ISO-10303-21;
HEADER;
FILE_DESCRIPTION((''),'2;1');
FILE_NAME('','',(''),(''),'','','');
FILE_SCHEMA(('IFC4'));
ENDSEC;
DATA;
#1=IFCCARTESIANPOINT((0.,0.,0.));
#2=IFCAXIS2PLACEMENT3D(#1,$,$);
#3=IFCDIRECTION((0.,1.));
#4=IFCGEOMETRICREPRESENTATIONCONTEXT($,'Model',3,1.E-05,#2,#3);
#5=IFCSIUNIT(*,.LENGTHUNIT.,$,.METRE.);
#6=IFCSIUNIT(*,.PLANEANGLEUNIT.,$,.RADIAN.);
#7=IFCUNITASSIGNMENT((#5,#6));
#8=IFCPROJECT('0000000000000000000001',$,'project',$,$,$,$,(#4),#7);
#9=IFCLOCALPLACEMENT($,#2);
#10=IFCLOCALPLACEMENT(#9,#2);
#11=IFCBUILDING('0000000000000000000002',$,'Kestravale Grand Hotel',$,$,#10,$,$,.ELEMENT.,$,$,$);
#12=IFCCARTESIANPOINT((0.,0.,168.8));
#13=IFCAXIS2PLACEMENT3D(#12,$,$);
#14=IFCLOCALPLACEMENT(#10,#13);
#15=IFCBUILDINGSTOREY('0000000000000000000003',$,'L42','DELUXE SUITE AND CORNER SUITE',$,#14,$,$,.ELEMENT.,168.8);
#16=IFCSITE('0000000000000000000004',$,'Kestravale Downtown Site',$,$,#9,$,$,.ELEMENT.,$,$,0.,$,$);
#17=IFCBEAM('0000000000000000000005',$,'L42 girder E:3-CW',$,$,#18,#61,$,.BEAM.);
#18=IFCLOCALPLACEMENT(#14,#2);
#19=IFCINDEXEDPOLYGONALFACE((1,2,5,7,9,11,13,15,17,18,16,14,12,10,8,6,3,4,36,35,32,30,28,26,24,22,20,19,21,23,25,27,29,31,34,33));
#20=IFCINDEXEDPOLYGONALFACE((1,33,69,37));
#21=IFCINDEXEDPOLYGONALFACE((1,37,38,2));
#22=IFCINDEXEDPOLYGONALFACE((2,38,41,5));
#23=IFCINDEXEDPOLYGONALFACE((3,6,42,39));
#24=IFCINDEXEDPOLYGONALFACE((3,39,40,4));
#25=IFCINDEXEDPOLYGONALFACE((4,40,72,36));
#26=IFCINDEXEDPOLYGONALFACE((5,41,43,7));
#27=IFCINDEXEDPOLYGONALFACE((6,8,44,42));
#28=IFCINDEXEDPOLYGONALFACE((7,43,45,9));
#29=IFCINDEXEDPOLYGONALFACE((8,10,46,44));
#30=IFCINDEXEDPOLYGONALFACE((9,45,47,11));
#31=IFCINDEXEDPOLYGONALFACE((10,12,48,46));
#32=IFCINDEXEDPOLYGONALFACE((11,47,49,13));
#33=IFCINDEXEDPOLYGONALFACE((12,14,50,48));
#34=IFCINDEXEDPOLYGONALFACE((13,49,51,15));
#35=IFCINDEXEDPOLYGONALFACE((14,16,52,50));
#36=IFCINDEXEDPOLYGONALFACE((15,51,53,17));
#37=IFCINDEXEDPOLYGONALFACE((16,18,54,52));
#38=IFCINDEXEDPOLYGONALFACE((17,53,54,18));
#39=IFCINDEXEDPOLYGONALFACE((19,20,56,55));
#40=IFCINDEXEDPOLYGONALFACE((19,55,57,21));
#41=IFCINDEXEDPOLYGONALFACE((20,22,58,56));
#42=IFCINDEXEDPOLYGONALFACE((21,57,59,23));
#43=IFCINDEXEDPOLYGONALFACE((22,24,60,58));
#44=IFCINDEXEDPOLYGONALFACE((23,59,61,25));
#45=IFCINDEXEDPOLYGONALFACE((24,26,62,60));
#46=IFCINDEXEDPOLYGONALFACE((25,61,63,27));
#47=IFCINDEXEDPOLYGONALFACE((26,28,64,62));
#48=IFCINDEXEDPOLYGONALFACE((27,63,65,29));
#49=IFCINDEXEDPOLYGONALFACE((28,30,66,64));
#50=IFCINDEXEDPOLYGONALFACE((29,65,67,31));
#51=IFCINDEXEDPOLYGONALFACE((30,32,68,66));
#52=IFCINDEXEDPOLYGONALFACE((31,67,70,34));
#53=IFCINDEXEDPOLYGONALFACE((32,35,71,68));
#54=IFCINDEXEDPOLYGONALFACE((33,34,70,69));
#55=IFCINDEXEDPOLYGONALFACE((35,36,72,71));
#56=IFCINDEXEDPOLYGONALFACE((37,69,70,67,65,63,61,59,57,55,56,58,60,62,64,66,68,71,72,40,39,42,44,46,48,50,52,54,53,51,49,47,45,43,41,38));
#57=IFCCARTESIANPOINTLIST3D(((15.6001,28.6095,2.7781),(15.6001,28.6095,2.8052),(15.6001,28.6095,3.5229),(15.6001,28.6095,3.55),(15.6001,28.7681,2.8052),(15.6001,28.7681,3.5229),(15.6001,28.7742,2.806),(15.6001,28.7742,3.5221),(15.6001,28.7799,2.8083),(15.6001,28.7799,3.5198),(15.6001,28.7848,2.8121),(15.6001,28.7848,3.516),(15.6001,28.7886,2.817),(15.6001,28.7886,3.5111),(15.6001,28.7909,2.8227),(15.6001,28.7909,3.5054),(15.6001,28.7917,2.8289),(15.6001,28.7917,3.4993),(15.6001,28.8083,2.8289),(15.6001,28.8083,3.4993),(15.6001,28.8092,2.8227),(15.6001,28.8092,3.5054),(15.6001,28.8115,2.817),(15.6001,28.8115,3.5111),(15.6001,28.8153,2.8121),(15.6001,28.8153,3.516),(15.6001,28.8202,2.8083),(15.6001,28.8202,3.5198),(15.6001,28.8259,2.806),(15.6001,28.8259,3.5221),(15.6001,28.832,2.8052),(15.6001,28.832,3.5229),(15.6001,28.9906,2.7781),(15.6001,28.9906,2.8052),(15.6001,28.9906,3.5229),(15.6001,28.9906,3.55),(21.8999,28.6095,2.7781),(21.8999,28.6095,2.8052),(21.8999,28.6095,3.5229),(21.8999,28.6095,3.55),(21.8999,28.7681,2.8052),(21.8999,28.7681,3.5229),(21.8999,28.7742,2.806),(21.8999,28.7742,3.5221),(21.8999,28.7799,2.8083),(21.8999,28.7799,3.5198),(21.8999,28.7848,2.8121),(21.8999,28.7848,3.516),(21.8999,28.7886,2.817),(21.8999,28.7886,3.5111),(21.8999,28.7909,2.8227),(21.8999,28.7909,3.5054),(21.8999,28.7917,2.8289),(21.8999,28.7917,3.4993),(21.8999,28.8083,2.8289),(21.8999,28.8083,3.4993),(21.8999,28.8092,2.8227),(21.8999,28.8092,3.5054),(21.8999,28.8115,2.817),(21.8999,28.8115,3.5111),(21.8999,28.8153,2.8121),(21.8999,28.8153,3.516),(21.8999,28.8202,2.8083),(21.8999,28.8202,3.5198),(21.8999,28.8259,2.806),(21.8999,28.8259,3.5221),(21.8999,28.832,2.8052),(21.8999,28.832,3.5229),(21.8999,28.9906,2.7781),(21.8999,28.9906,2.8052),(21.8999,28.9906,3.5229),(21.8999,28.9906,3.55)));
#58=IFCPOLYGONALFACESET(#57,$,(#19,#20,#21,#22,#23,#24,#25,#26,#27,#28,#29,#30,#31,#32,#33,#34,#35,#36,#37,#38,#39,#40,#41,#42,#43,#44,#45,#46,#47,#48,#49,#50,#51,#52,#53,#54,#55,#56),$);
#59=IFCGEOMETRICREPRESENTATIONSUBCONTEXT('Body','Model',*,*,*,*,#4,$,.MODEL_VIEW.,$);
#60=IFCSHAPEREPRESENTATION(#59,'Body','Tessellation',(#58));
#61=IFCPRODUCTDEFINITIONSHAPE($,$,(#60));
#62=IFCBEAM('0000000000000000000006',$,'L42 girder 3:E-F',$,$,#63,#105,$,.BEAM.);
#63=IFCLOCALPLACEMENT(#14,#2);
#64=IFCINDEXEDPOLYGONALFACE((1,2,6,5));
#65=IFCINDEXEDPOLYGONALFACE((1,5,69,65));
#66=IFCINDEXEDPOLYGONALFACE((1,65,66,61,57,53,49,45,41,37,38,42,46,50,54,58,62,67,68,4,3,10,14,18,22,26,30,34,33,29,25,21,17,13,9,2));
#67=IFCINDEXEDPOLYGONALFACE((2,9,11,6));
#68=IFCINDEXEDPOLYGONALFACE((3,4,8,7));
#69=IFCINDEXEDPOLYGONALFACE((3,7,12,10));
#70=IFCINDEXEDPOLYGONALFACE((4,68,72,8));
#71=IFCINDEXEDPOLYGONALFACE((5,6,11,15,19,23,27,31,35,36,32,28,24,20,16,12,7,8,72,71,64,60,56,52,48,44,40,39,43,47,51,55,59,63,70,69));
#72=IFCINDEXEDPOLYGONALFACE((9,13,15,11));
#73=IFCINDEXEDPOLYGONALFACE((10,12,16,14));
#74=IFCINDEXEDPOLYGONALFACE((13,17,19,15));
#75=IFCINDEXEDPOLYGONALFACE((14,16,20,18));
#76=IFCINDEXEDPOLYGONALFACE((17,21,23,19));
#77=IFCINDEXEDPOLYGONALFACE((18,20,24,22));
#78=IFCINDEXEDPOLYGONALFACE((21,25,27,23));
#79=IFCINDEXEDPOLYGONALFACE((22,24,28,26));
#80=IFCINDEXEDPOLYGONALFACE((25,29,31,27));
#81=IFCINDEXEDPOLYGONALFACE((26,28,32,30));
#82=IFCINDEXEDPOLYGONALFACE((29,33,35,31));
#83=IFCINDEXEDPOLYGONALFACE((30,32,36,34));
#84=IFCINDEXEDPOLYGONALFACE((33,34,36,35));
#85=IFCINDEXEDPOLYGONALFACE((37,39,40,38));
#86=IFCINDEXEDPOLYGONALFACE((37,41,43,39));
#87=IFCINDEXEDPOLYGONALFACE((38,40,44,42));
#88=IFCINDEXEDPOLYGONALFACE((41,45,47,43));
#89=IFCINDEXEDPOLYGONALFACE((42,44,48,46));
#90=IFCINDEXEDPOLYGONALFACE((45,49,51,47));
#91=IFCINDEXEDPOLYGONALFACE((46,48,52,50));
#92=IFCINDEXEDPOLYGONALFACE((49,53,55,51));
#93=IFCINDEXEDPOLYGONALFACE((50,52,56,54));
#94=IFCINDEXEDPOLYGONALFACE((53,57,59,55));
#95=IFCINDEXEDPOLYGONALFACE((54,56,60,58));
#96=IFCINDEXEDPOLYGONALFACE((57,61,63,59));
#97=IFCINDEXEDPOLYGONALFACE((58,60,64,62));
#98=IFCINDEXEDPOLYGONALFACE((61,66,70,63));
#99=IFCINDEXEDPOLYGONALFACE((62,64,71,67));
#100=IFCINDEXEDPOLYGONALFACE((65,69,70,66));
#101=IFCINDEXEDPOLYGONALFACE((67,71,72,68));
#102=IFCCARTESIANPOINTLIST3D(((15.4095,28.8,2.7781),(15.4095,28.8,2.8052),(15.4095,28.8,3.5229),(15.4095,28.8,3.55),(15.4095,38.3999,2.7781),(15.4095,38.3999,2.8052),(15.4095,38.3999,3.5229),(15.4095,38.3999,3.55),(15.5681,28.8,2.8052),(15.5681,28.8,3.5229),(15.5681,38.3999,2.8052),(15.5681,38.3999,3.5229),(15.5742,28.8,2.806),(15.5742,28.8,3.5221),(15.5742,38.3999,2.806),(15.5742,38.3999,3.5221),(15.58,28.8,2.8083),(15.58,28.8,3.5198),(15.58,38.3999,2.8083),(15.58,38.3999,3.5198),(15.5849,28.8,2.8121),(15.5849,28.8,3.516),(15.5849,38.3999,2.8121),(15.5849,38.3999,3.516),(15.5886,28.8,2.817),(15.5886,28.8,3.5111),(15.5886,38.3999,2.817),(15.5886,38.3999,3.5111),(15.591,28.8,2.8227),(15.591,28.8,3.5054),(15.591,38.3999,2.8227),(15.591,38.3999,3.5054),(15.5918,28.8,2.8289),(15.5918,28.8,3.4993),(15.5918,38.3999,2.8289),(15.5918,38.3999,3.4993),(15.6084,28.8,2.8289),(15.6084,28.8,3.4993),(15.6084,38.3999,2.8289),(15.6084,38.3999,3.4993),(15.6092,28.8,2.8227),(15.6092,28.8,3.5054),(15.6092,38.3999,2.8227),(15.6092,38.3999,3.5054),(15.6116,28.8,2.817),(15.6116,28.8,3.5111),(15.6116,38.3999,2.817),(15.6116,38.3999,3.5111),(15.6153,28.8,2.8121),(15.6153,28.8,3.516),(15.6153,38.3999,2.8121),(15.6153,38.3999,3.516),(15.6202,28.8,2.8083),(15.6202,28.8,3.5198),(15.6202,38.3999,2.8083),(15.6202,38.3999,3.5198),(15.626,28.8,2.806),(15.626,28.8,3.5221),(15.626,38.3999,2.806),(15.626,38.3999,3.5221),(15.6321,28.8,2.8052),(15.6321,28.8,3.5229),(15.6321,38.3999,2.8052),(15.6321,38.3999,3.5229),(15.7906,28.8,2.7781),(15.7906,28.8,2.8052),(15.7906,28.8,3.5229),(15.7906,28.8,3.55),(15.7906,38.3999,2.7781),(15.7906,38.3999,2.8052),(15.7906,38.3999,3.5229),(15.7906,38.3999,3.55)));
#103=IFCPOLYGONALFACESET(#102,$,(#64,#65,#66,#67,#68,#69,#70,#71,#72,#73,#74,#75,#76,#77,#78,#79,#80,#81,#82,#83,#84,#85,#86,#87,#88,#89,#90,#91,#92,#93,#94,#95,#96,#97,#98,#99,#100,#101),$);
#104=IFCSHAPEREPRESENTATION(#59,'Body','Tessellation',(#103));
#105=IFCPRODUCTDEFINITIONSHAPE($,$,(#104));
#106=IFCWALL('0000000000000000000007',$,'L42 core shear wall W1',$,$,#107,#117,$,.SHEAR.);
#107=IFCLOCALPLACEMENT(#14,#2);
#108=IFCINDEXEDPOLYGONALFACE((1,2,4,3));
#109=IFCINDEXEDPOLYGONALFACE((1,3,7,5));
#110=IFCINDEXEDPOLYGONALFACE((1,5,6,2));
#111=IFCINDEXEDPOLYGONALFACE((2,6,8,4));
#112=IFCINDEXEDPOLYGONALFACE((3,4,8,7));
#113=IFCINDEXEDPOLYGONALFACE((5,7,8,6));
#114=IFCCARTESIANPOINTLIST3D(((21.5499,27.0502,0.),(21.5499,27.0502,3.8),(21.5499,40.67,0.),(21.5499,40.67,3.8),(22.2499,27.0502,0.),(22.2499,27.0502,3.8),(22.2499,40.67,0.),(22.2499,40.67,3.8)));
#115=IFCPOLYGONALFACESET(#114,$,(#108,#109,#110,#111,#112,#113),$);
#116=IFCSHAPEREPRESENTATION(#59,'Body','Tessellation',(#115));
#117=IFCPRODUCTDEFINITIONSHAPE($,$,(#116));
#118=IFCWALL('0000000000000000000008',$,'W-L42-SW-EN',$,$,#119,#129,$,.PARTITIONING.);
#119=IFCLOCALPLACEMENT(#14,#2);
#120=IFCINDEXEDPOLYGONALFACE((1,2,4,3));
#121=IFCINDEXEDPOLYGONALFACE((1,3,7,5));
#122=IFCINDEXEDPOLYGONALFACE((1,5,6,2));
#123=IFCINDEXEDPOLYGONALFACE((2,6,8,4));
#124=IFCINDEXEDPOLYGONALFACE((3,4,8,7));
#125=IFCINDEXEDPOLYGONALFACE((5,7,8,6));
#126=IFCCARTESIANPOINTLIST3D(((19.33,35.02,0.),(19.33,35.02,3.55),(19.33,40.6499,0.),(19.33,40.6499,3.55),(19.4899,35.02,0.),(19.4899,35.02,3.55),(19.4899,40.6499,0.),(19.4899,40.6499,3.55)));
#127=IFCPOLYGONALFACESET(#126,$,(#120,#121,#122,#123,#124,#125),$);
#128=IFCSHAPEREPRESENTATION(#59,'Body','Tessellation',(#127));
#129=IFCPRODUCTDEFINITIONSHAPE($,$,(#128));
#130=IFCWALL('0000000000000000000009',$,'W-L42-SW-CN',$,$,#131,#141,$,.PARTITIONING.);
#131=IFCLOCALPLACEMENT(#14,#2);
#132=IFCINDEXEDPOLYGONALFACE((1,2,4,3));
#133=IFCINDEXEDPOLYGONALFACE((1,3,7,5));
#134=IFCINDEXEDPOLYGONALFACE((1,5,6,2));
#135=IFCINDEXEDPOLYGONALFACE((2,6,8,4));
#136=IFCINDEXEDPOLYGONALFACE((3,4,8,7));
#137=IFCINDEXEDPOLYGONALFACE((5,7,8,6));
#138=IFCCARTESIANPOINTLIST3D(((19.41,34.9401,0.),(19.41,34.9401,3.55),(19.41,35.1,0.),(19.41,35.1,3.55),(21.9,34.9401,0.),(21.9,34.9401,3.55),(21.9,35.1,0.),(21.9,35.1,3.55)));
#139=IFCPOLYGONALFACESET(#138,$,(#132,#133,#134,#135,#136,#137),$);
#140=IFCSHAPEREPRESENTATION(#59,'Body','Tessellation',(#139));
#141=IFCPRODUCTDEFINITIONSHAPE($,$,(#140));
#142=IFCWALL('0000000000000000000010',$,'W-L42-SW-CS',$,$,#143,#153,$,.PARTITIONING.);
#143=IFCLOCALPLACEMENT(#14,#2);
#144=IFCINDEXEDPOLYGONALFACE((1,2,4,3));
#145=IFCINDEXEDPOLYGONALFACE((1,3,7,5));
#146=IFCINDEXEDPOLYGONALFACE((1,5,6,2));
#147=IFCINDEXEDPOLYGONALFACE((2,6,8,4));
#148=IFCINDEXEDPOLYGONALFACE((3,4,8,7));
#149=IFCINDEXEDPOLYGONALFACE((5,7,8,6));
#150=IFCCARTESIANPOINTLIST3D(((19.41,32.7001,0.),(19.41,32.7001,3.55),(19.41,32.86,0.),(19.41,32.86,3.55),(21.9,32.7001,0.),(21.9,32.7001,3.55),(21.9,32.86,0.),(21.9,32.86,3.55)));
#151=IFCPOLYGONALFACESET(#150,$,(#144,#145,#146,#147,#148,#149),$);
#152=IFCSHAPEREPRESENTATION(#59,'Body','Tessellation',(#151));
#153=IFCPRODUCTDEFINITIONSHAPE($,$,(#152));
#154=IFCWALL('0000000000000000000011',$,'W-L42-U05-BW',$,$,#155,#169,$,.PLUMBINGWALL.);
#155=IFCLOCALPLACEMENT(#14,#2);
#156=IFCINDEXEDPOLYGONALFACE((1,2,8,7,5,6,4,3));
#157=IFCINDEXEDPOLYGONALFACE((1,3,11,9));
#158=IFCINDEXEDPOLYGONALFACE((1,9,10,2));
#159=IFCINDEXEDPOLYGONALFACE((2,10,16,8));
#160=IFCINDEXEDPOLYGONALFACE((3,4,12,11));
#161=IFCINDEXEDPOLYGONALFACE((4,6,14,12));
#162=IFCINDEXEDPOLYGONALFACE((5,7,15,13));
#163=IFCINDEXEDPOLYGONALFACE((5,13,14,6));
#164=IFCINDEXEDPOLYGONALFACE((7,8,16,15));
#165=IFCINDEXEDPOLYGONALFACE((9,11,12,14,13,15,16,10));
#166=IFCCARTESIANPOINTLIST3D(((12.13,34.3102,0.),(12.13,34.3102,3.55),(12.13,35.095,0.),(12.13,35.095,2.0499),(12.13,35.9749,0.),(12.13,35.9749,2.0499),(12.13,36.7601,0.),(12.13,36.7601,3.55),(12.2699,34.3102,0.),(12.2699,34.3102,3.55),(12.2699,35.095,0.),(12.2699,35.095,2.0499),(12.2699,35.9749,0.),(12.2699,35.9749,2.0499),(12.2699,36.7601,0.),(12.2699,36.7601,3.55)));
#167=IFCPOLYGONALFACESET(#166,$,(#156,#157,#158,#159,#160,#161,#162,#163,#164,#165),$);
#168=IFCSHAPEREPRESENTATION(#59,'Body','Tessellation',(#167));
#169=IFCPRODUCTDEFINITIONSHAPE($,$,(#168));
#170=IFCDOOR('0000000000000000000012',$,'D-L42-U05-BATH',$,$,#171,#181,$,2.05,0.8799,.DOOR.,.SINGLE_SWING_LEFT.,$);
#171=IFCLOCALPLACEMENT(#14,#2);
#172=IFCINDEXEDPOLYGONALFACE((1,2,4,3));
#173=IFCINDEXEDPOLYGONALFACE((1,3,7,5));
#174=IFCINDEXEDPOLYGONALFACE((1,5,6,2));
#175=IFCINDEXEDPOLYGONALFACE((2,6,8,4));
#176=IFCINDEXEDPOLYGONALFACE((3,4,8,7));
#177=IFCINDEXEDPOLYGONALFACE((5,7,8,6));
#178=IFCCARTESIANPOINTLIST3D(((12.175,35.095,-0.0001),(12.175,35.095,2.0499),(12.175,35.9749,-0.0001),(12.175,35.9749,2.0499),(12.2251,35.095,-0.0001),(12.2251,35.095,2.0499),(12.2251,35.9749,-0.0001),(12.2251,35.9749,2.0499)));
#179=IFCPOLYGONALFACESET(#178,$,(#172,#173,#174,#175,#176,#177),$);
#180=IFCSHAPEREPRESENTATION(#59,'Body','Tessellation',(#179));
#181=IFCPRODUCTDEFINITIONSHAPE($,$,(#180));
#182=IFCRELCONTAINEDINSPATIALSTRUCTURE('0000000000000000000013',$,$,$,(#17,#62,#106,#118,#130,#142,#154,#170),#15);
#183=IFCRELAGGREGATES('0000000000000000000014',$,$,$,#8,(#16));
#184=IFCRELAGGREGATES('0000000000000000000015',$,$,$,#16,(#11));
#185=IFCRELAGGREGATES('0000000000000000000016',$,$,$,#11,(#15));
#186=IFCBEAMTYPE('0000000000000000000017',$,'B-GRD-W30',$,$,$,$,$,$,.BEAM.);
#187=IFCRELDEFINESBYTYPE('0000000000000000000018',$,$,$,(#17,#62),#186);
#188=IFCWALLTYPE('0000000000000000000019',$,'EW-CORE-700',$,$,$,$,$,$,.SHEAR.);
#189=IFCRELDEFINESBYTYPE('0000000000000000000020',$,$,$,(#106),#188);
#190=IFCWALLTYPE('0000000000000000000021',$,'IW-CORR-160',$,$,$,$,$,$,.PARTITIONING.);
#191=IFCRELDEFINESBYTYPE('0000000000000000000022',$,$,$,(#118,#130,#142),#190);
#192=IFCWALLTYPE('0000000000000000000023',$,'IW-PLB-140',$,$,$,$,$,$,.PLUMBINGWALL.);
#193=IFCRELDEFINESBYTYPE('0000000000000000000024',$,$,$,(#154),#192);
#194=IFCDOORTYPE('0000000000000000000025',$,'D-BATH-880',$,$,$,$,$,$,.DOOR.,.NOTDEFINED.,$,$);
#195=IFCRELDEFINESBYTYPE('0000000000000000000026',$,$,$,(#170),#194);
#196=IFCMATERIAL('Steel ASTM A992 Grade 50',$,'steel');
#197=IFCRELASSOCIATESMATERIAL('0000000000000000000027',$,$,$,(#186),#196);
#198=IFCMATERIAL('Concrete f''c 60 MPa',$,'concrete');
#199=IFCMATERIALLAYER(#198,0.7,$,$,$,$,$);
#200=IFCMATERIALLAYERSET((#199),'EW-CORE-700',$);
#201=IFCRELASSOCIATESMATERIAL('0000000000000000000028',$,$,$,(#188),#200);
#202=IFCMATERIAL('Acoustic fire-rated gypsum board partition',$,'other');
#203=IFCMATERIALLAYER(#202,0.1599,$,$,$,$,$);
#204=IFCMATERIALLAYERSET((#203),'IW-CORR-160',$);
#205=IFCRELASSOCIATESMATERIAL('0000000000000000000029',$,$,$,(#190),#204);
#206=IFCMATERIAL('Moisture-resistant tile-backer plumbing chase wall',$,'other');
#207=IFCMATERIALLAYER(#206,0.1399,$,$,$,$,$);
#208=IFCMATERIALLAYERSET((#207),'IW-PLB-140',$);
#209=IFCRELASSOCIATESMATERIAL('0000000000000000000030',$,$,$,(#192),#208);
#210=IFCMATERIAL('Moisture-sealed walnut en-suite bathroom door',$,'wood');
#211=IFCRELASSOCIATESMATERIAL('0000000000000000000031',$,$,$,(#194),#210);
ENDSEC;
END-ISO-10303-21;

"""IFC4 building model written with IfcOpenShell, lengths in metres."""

from ifc_helpers import new_model, si_unit, direction, frame, frame_2d, origin, origin_2d, place, context, subcontext, project, spatial, rectangle, i_section, extrude, material, layer, layer_set, material_profile, profile_set, type_object, element, fill, save


model = new_model("IFC4")

# Units and contexts
model_context = context("Model", 3, precision=1e-05, world=origin(), true_north=direction((0.0, 1.0)))
body_context = subcontext(model_context, "Body", "Model", "MODEL_VIEW")
ifc_project = project(units=[si_unit("LENGTHUNIT", "METRE"), si_unit("PLANEANGLEUNIT", "RADIAN")], contexts=[model_context])

# Site, building, storey
site_placement = place(None, origin())
site = spatial("IfcSite", under=ifc_project, at=site_placement, Name="Kestravale Downtown Site", CompositionType="ELEMENT", RefElevation=0.0)
building_placement = place(site_placement, origin())
building = spatial("IfcBuilding", under=site, at=building_placement, Name="Kestravale Grand Hotel", CompositionType="ELEMENT")
storey_placement = place(building_placement, frame((0.0, 0.0, 168.8)))
storey = spatial("IfcBuildingStorey", under=building, at=storey_placement, Name="L42", Description="DELUXE SUITE AND CORNER SUITE", CompositionType="ELEMENT", Elevation=168.8)

# Beams
ifc_material_1 = material(Name="Steel ASTM A992 Grade 50", Category="steel")
ifc_material_profile_1 = material_profile(ifc_material_1, i_section(OverallWidth=0.3811, OverallDepth=0.772, WebThickness=0.0166, FlangeThickness=0.0271, FilletRadius=0.0237, at=origin_2d()))
ifc_profile_set_1 = profile_set([ifc_material_profile_1], Name="Steel ASTM A992 Grade 50")
beam_type_1 = type_object("IfcBeamType", Name="B-GRD-W30", PredefinedType="BEAM", material=ifc_profile_set_1)
beam_1_placement = place(storey_placement, frame((15.6001, 28.8, 3.1641), z_axis=(1.0, 0.0, 0.0), x_axis=(0.0, 1.0, 0.0)))
element("IfcBeam", 1, at=beam_1_placement, inside=storey, type_object=beam_type_1, Name="L42 girder E:3-CW", PredefinedType="BEAM", context=body_context, shape_type="SweptSolid", body=[
    extrude(i_section(OverallWidth=0.3811, OverallDepth=0.772, WebThickness=0.0166, FlangeThickness=0.0271, FilletRadius=0.0237, at=origin_2d()), origin(), (0.0, 0.0, 1.0), 6.2998),
])
beam_2_placement = place(storey_placement, frame((15.6001, 28.8, 3.1641), z_axis=(0.0, 1.0, 0.0), x_axis=(-1.0, 0.0, 0.0)))
element("IfcBeam", 2, at=beam_2_placement, inside=storey, type_object=beam_type_1, Name="L42 girder 3:E-F", PredefinedType="BEAM", context=body_context, shape_type="SweptSolid", body=[
    extrude(i_section(OverallWidth=0.3811, OverallDepth=0.772, WebThickness=0.0166, FlangeThickness=0.0271, FilletRadius=0.0237, at=origin_2d()), origin(), (0.0, 0.0, 1.0), 9.5999),
])

# Walls
ifc_material_2 = material(Name="Concrete f'c 60 MPa", Category="concrete")
ifc_layer_1 = layer(ifc_material_2, 0.7)
ifc_layer_set_1 = layer_set([ifc_layer_1], Name="EW-CORE-700")
wall_type_1 = type_object("IfcWallType", Name="EW-CORE-700", PredefinedType="SHEAR", material=ifc_layer_set_1)
wall_1_placement = place(storey_placement, frame((21.8999, 27.05, 0.0), z_axis=(0.0, 0.0, 1.0), x_axis=(0.0, 1.0, 0.0)))
element("IfcWall", 3, at=wall_1_placement, inside=storey, type_object=wall_type_1, Name="L42 core shear wall W1", PredefinedType="SHEAR", context=body_context, shape_type="SweptSolid", body=[
    extrude(rectangle(XDim=13.6199, YDim=0.7, at=frame_2d((6.8101, 0.0))), origin(), (0.0, 0.0, 1.0), 3.8),
])
ifc_material_3 = material(Name="Acoustic fire-rated gypsum board partition", Category="other")
ifc_layer_2 = layer(ifc_material_3, 0.1599)
ifc_layer_set_2 = layer_set([ifc_layer_2], Name="IW-CORR-160")
wall_type_2 = type_object("IfcWallType", Name="IW-CORR-160", PredefinedType="PARTITIONING", material=ifc_layer_set_2)
wall_2_placement = place(storey_placement, frame((19.4099, 35.02, 0.0), z_axis=(0.0, 0.0, 1.0), x_axis=(0.0, 1.0, 0.0)))
element("IfcWall", 4, at=wall_2_placement, inside=storey, type_object=wall_type_2, Name="W-L42-SW-EN", PredefinedType="PARTITIONING", context=body_context, shape_type="SweptSolid", body=[
    extrude(rectangle(XDim=5.6299, YDim=0.1599, at=frame_2d((2.8149, 0.0))), origin(), (0.0, 0.0, 1.0), 3.55),
])
for number, where, z_axis, x_axis, name in (
    (5, (19.4099, 35.02, 0.0), (0.0, 0.0, 1.0), (1.0, 0.0, 0.0), "W-L42-SW-CN"),
    (6, (19.4099, 32.78, 0.0), (0.0, 0.0, 1.0), (1.0, 0.0, 0.0), "W-L42-SW-CS"),
):
    element("IfcWall", number, at=place(storey_placement, frame(where, z_axis=z_axis, x_axis=x_axis)), inside=storey, type_object=wall_type_2, Name=name, PredefinedType="PARTITIONING", context=body_context, shape_type="SweptSolid", body=[
        extrude(rectangle(XDim=2.49, YDim=0.1599, at=frame_2d((1.2451, 0.0))), origin(), (0.0, 0.0, 1.0), 3.55),
    ])

# Wall, opening, door
ifc_material_4 = material(Name="Moisture-resistant tile-backer plumbing chase wall", Category="other")
ifc_layer_3 = layer(ifc_material_4, 0.1399)
ifc_layer_set_3 = layer_set([ifc_layer_3], Name="IW-PLB-140")
wall_type_3 = type_object("IfcWallType", Name="IW-PLB-140", PredefinedType="PLUMBINGWALL", material=ifc_layer_set_3)
wall_3_placement = place(storey_placement, frame((12.2, 34.3101, 0.0), z_axis=(0.0, 0.0, 1.0), x_axis=(0.0, 1.0, 0.0)))
wall_3 = element("IfcWall", 7, at=wall_3_placement, inside=storey, type_object=wall_type_3, Name="W-L42-U05-BW", PredefinedType="PLUMBINGWALL", context=body_context, shape_type="SweptSolid", body=[
    extrude(rectangle(XDim=2.45, YDim=0.1399, at=frame_2d((1.2251, 0.0))), origin(), (0.0, 0.0, 1.0), 3.55),
])
opening_placement = place(wall_3_placement, frame((0.7849, 0.0, 0.0)))
opening = element("IfcOpeningElement", 8, at=opening_placement, cuts=wall_3, PredefinedType="OPENING", context=body_context, shape_type="SweptSolid", body=[
    extrude(rectangle(XDim=0.8799, YDim=2.05, at=frame_2d((0.4399, 1.0249))), frame((0.0, 0.0798, 0.0), z_axis=(0.0, -1.0, 0.0), x_axis=(1.0, 0.0, 0.0)), (0.0, 0.0, 1.0), 0.1599),
])
ifc_material_5 = material(Name="Moisture-sealed walnut en-suite bathroom door", Category="wood")
door_type = type_object("IfcDoorType", Name="D-BATH-880", OperationType="NOTDEFINED", PredefinedType="DOOR", material=ifc_material_5)
door_placement = place(opening_placement, origin())
door = element("IfcDoor", 9, at=door_placement, inside=storey, type_object=door_type, Name="D-L42-U05-BATH", OperationType="SINGLE_SWING_LEFT", OverallHeight=2.05, OverallWidth=0.8799, PredefinedType="DOOR", context=body_context, shape_type="SweptSolid", body=[
    extrude(rectangle(XDim=0.8799, YDim=2.05, at=frame_2d((0.4399, 1.0249))), frame((0.0, 0.0249, 0.0), z_axis=(0.0, -1.0, 0.0), x_axis=(1.0, 0.0, 0.0)), (0.0, 0.0, 1.0), 0.05),
])
fill(opening, door)

save(model, "model.ifc")
